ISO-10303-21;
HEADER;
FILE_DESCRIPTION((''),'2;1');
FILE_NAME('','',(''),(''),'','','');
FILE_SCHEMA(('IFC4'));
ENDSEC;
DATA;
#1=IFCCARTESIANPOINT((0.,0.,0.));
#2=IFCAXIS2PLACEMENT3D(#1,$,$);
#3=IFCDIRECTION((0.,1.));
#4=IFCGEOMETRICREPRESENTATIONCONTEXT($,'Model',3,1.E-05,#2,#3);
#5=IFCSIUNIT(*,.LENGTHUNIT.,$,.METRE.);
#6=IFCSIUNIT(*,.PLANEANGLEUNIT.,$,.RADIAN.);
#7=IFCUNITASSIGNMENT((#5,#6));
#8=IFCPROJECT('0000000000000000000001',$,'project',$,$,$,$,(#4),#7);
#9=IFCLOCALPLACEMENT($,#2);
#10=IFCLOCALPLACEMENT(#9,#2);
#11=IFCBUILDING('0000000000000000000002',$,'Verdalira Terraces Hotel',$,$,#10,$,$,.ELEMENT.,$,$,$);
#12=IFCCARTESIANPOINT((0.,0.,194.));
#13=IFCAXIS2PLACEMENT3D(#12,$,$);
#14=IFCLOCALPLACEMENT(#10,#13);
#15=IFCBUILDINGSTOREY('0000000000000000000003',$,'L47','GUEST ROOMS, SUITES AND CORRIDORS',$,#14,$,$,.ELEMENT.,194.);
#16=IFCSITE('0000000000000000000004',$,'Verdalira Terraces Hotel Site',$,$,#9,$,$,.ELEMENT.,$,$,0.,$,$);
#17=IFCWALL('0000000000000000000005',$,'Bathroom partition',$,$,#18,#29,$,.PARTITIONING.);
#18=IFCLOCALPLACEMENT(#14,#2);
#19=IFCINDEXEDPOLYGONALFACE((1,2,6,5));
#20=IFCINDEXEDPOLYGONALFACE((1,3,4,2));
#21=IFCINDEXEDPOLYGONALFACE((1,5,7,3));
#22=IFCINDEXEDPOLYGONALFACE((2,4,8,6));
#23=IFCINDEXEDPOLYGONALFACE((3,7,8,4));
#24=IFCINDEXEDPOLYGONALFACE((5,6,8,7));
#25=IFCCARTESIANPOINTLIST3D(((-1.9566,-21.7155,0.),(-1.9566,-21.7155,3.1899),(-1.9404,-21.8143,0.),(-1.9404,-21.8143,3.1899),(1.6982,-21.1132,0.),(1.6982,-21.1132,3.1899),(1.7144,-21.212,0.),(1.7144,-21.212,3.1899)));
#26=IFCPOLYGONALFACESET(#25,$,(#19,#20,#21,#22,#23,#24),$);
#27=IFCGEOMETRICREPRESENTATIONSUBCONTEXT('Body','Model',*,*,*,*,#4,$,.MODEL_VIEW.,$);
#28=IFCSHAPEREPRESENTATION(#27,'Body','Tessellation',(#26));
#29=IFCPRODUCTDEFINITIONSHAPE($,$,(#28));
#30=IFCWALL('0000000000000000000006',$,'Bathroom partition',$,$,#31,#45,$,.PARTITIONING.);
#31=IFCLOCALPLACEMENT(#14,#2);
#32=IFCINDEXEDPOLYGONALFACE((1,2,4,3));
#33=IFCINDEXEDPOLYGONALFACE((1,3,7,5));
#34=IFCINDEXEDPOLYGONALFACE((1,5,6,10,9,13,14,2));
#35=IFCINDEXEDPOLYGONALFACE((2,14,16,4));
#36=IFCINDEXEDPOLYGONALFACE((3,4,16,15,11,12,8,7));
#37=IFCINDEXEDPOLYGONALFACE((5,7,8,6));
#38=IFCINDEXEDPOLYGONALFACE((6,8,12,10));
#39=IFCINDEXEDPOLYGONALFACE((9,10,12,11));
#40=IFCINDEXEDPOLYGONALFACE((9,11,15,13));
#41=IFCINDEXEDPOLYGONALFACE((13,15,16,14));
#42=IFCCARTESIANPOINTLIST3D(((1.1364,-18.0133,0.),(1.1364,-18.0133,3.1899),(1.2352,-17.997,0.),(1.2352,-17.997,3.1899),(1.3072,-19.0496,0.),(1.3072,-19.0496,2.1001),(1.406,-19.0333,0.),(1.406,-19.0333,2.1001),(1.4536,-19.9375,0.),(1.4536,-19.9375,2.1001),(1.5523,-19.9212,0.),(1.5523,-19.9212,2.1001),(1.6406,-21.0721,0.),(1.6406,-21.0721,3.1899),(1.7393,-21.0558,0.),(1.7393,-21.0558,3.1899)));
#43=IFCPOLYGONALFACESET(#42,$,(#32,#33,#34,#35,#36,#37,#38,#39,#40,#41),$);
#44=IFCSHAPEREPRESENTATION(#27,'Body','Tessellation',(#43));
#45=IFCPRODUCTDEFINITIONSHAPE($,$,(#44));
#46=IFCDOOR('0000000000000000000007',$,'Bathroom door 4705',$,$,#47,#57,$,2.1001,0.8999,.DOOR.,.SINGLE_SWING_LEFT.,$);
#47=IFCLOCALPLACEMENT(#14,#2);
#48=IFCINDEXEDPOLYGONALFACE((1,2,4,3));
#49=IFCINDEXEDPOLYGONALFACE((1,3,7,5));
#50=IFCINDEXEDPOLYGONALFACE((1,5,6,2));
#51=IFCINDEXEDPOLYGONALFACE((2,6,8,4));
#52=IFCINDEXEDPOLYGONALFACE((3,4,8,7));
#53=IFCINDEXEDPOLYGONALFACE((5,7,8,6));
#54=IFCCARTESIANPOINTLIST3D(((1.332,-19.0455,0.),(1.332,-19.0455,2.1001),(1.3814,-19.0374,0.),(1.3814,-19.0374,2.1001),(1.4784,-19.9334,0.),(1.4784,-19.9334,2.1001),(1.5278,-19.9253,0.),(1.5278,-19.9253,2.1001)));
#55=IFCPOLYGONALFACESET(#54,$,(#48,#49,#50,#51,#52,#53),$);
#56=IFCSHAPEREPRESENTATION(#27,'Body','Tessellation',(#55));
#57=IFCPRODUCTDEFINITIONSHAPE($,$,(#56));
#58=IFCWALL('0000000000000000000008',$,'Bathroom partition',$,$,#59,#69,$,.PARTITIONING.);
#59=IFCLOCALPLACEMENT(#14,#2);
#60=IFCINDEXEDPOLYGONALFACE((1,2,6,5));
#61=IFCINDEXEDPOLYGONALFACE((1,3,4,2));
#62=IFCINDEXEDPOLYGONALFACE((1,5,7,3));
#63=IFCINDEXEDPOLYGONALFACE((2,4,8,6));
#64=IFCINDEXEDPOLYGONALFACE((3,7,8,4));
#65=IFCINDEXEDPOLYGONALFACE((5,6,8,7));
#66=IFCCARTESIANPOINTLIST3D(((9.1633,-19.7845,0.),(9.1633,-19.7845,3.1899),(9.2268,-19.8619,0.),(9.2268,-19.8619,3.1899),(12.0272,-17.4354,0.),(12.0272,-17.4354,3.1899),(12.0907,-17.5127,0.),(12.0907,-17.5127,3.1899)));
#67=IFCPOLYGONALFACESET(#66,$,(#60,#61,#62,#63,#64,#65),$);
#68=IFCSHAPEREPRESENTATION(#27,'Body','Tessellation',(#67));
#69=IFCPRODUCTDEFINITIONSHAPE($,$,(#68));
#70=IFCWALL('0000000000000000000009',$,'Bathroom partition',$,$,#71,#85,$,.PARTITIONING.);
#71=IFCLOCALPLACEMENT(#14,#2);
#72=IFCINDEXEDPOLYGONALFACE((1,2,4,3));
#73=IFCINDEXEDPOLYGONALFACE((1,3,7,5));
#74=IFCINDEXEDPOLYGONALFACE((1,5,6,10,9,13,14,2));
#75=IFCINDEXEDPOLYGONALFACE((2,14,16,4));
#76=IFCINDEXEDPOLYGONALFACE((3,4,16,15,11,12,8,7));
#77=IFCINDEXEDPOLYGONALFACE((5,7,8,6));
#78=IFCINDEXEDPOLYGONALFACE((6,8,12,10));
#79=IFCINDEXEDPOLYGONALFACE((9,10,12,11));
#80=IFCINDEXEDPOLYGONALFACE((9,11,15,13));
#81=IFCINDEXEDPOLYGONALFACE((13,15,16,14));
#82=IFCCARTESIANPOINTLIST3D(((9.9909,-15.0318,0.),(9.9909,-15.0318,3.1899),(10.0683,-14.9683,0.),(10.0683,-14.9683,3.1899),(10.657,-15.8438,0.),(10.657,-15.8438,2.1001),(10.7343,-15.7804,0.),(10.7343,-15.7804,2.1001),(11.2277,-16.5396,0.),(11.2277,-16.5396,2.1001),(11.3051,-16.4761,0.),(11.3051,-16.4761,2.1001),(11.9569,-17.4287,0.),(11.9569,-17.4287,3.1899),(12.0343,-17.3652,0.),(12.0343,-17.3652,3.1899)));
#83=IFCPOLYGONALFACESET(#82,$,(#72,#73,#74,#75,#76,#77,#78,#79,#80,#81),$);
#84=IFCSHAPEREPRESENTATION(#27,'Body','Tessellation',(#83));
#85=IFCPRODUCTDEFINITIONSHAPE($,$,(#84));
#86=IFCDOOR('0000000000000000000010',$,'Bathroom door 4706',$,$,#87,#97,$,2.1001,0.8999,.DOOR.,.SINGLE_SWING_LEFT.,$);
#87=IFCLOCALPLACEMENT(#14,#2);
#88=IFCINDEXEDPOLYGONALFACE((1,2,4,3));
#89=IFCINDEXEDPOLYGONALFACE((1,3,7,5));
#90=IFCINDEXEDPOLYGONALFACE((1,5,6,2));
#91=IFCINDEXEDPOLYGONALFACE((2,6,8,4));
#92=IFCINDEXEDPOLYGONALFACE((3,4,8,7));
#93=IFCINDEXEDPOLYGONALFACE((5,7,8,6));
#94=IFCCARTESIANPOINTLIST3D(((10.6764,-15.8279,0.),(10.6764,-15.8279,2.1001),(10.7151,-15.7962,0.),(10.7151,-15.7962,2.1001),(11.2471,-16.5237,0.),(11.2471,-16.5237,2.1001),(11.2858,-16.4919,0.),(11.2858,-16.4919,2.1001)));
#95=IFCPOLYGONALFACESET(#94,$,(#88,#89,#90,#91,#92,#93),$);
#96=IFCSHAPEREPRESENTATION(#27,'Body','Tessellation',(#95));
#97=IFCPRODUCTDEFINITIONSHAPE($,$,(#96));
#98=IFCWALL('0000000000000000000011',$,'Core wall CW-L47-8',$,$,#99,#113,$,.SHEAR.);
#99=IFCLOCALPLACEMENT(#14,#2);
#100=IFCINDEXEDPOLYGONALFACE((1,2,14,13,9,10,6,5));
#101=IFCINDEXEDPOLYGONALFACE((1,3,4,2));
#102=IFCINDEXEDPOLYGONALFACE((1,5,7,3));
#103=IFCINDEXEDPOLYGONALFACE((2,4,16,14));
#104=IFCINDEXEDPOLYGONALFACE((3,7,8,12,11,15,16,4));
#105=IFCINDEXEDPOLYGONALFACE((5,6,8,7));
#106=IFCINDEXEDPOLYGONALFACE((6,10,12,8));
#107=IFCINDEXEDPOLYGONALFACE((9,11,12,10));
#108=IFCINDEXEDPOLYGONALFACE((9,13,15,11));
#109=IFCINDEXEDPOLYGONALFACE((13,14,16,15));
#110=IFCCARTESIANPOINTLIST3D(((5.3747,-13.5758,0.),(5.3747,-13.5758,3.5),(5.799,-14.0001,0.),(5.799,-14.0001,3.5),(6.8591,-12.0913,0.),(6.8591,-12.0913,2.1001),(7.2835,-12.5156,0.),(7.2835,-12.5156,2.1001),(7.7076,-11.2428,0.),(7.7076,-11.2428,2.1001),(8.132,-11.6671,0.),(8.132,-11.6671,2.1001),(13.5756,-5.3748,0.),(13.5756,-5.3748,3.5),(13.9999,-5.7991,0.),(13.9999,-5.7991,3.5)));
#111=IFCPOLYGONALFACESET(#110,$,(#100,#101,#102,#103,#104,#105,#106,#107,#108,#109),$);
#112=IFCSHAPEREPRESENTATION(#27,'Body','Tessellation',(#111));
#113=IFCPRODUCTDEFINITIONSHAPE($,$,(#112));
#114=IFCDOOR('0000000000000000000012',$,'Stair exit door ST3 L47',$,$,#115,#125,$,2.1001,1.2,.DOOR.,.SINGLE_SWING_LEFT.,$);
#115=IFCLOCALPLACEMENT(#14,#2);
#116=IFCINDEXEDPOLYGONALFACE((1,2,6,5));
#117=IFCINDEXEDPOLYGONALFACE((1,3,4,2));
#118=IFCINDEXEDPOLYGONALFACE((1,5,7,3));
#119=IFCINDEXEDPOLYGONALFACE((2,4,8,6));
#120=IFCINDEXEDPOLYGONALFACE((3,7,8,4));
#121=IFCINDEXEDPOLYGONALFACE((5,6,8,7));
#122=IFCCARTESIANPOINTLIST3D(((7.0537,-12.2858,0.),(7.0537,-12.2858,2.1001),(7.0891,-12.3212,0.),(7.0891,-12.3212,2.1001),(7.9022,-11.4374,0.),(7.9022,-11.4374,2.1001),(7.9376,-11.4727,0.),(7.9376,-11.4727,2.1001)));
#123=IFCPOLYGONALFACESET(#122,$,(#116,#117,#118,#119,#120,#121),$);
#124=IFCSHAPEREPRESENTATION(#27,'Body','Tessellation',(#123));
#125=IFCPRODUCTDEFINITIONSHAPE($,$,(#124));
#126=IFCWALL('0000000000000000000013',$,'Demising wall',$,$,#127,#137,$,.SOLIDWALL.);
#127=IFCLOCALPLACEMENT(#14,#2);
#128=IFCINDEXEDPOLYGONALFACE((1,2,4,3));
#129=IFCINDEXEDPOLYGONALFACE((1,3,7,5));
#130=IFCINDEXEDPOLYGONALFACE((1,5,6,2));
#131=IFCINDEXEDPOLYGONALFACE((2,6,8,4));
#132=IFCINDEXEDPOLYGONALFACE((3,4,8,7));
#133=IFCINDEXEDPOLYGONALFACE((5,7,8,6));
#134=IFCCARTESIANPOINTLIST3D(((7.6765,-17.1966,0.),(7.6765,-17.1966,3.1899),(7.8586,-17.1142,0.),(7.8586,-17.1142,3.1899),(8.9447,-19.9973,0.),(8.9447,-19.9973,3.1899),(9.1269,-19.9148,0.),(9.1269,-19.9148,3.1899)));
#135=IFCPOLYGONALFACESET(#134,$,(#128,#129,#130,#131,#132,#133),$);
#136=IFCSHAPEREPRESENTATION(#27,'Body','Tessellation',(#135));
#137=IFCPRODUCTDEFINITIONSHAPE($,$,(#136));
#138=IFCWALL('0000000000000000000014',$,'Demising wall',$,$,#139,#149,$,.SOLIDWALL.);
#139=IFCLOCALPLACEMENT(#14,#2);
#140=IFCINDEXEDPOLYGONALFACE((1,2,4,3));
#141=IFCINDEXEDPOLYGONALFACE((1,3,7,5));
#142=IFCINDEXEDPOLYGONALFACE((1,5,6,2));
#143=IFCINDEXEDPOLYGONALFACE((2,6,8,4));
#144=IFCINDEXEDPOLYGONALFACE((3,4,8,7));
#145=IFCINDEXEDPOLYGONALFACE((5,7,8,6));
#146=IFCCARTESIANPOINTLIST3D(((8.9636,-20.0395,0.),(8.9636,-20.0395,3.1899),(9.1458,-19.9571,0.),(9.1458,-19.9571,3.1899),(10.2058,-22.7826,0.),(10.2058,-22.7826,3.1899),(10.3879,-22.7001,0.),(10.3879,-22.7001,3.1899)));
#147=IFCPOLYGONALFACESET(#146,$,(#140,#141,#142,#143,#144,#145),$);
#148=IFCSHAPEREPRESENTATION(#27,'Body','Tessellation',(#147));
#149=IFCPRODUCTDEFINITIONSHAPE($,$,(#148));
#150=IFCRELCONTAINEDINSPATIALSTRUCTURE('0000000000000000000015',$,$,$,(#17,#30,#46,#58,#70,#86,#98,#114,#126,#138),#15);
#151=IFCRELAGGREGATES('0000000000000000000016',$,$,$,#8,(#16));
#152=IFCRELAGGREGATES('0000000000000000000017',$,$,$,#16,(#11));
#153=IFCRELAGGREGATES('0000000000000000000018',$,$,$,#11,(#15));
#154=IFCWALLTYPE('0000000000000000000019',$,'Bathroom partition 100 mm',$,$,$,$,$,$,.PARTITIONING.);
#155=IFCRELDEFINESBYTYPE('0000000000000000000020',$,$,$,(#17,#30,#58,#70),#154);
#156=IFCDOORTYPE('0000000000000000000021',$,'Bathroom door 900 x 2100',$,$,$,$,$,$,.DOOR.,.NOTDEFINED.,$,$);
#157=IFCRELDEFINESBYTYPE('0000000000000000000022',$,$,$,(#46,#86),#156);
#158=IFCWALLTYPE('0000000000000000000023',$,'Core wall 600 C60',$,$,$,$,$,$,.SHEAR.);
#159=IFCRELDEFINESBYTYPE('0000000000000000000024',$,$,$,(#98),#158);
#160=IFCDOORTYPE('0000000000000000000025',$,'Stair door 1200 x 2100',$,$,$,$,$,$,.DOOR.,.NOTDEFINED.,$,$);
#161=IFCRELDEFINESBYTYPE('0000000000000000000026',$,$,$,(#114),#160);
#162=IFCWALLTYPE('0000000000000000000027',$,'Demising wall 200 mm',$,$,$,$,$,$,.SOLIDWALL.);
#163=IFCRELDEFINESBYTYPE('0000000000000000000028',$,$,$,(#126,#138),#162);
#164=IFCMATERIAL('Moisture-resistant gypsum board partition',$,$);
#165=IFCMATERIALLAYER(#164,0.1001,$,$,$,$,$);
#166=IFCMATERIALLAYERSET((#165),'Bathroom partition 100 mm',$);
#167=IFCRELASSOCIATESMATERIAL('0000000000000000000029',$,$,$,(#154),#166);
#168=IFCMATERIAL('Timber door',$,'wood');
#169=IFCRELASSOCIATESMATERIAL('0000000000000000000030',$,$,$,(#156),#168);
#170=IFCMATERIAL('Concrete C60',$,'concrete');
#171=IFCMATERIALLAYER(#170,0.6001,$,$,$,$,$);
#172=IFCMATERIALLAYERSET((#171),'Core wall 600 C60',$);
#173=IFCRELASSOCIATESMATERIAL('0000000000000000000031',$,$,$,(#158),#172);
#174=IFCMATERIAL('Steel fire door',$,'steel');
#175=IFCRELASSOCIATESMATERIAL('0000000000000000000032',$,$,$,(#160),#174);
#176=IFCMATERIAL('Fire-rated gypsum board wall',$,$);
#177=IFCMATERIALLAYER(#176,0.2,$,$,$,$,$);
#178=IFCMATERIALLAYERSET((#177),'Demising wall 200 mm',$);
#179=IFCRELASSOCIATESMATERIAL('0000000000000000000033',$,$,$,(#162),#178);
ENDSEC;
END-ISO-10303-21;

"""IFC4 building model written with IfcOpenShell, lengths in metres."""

from ifc_helpers import new_model, si_unit, direction, frame, frame_2d, origin, place, context, subcontext, project, spatial, rectangle, extrude, material, layer, layer_set, type_object, element, fill, save


model = new_model("IFC4")

# Units and contexts
model_context = context("Model", 3, precision=1e-05, world=origin(), true_north=direction((0.0, 1.0)))
body_context = subcontext(model_context, "Body", "Model", "MODEL_VIEW")
ifc_project = project(units=[si_unit("LENGTHUNIT", "METRE"), si_unit("PLANEANGLEUNIT", "RADIAN")], contexts=[model_context])

# Site, building, storey
site_placement = place(None, origin())
site = spatial("IfcSite", under=ifc_project, at=site_placement, Name="Verdalira Terraces Hotel Site", CompositionType="ELEMENT", RefElevation=0.0)
building_placement = place(site_placement, origin())
building = spatial("IfcBuilding", under=site, at=building_placement, Name="Verdalira Terraces Hotel", CompositionType="ELEMENT")
storey_placement = place(building_placement, frame((0.0, 0.0, 194.0)))
storey = spatial("IfcBuildingStorey", under=building, at=storey_placement, Name="L47", Description="GUEST ROOMS, SUITES AND CORRIDORS", CompositionType="ELEMENT", Elevation=194.0)

# Wall
ifc_material_1 = material(Name="Moisture-resistant gypsum board partition")
ifc_layer_1 = layer(ifc_material_1, 0.1001)
ifc_layer_set_1 = layer_set([ifc_layer_1], Name="Bathroom partition 100 mm")
wall_type_1 = type_object("IfcWallType", Name="Bathroom partition 100 mm", PredefinedType="PARTITIONING", material=ifc_layer_set_1)
wall_1_placement = place(storey_placement, frame((1.7063, -21.1626, 0.0), z_axis=(0.0, 0.0, 1.0), x_axis=(-0.986692, -0.162603, 0.0)))
element("IfcWall", 1, at=wall_1_placement, inside=storey, type_object=wall_type_1, Name="Bathroom partition", PredefinedType="PARTITIONING", context=body_context, shape_type="SweptSolid", body=[
    extrude(rectangle(XDim=3.7041, YDim=0.1001, at=frame_2d((1.8521, 0.0))), origin(), (0.0, 0.0, 1.0), 3.1899),
])

# Wall, opening, door
wall_2_placement = place(storey_placement, frame((1.6899, -21.064, 0.0), z_axis=(0.0, 0.0, 1.0), x_axis=(-0.162624, 0.986688, 0.0)))
wall_2 = element("IfcWall", 2, at=wall_2_placement, inside=storey, type_object=wall_type_1, Name="Bathroom partition", PredefinedType="PARTITIONING", context=body_context, shape_type="SweptSolid", body=[
    extrude(rectangle(XDim=3.1001, YDim=0.1001, at=frame_2d((1.55, 0.0))), origin(), (0.0, 0.0, 1.0), 3.1899),
])
opening_1_placement = place(wall_2_placement, frame((1.1499, 0.0, 0.0)))
opening_1 = element("IfcOpeningElement", 3, at=opening_1_placement, cuts=wall_2, PredefinedType="OPENING", context=body_context, shape_type="SweptSolid", body=[
    extrude(rectangle(XDim=0.8999, YDim=2.1001, at=frame_2d((0.45, 1.05))), frame((0.0, 0.0601, 0.0), z_axis=(0.0, -1.0, 0.0), x_axis=(1.0, 0.0, 0.0)), (0.0, 0.0, 1.0), 0.1201),
])
ifc_material_2 = material(Name="Timber door", Category="wood")
door_type_1 = type_object("IfcDoorType", Name="Bathroom door 900 x 2100", OperationType="NOTDEFINED", PredefinedType="DOOR", material=ifc_material_2)
door_1_placement = place(opening_1_placement, origin())
door_1 = element("IfcDoor", 4, at=door_1_placement, inside=storey, type_object=door_type_1, Name="Bathroom door 4705", OperationType="SINGLE_SWING_LEFT", OverallHeight=2.1001, OverallWidth=0.8999, PredefinedType="DOOR", context=body_context, shape_type="SweptSolid", body=[
    extrude(rectangle(XDim=0.8999, YDim=2.1001, at=frame_2d((0.45, 1.05))), frame((0.0, 0.0249, 0.0), z_axis=(0.0, -1.0, 0.0), x_axis=(1.0, 0.0, 0.0)), (0.0, 0.0, 1.0), 0.05),
])
fill(opening_1, door_1)

# Wall
wall_3_placement = place(storey_placement, frame((9.1951, -19.8232, 0.0), z_axis=(0.0, 0.0, 1.0), x_axis=(0.773158, 0.634214, 0.0)))
element("IfcWall", 5, at=wall_3_placement, inside=storey, type_object=wall_type_1, Name="Bathroom partition", PredefinedType="PARTITIONING", context=body_context, shape_type="SweptSolid", body=[
    extrude(rectangle(XDim=3.7041, YDim=0.1001, at=frame_2d((1.8521, 0.0))), origin(), (0.0, 0.0, 1.0), 3.1899),
])

# Walls, openings, doors
wall_4_placement = place(storey_placement, frame((11.9956, -17.397, 0.0), z_axis=(0.0, 0.0, 1.0), x_axis=(-0.634185, 0.773181, 0.0)))
wall_4 = element("IfcWall", 6, at=wall_4_placement, inside=storey, type_object=wall_type_1, Name="Bathroom partition", PredefinedType="PARTITIONING", context=body_context, shape_type="SweptSolid", body=[
    extrude(rectangle(XDim=3.1001, YDim=0.1001, at=frame_2d((1.55, 0.0))), origin(), (0.0, 0.0, 1.0), 3.1899),
])
opening_2_placement = place(wall_4_placement, frame((1.1499, 0.0, 0.0)))
opening_2 = element("IfcOpeningElement", 7, at=opening_2_placement, cuts=wall_4, PredefinedType="OPENING", context=body_context, shape_type="SweptSolid", body=[
    extrude(rectangle(XDim=0.8999, YDim=2.1001, at=frame_2d((0.45, 1.05))), frame((0.0, 0.0601, 0.0), z_axis=(0.0, -1.0, 0.0), x_axis=(1.0, 0.0, 0.0)), (0.0, 0.0, 1.0), 0.1201),
])
door_2_placement = place(opening_2_placement, origin())
door_2 = element("IfcDoor", 8, at=door_2_placement, inside=storey, type_object=door_type_1, Name="Bathroom door 4706", OperationType="SINGLE_SWING_LEFT", OverallHeight=2.1001, OverallWidth=0.8999, PredefinedType="DOOR", context=body_context, shape_type="SweptSolid", body=[
    extrude(rectangle(XDim=0.8999, YDim=2.1001, at=frame_2d((0.45, 1.05))), frame((0.0, 0.0249, 0.0), z_axis=(0.0, -1.0, 0.0), x_axis=(1.0, 0.0, 0.0)), (0.0, 0.0, 1.0), 0.05),
])
fill(opening_2, door_2)
ifc_material_3 = material(Name="Concrete C60", Category="concrete")
ifc_layer_2 = layer(ifc_material_3, 0.6001)
ifc_layer_set_2 = layer_set([ifc_layer_2], Name="Core wall 600 C60")
wall_type_2 = type_object("IfcWallType", Name="Core wall 600 C60", PredefinedType="SHEAR", material=ifc_layer_set_2)
wall_5_placement = place(storey_placement, frame((5.5869, -13.7878, 0.0), z_axis=(0.0, 0.0, 1.0), x_axis=(0.707107, 0.707107, 0.0)))
wall_5 = element("IfcWall", 9, at=wall_5_placement, inside=storey, type_object=wall_type_2, Name="Core wall CW-L47-8", PredefinedType="SHEAR", context=body_context, shape_type="SweptSolid", body=[
    extrude(rectangle(XDim=11.5979, YDim=0.6001, at=frame_2d((5.7988, 0.0))), origin(), (0.0, 0.0, 1.0), 3.5),
])
opening_3_placement = place(wall_5_placement, frame((2.0991, 0.0, 0.0)))
opening_3 = element("IfcOpeningElement", 10, at=opening_3_placement, cuts=wall_5, PredefinedType="OPENING", context=body_context, shape_type="SweptSolid", body=[
    extrude(rectangle(XDim=1.2, YDim=2.1001, at=frame_2d((0.6001, 1.05))), frame((0.0, 0.3101, 0.0), z_axis=(0.0, -1.0, 0.0), x_axis=(1.0, 0.0, 0.0)), (0.0, 0.0, 1.0), 0.6201),
])
ifc_material_4 = material(Name="Steel fire door", Category="steel")
door_type_2 = type_object("IfcDoorType", Name="Stair door 1200 x 2100", OperationType="NOTDEFINED", PredefinedType="DOOR", material=ifc_material_4)
door_3_placement = place(opening_3_placement, origin())
door_3 = element("IfcDoor", 11, at=door_3_placement, inside=storey, type_object=door_type_2, Name="Stair exit door ST3 L47", OperationType="SINGLE_SWING_LEFT", OverallHeight=2.1001, OverallWidth=1.2, PredefinedType="DOOR", context=body_context, shape_type="SweptSolid", body=[
    extrude(rectangle(XDim=1.2, YDim=2.1001, at=frame_2d((0.6001, 1.05))), frame((0.0, 0.0249, 0.0), z_axis=(0.0, -1.0, 0.0), x_axis=(1.0, 0.0, 0.0)), (0.0, 0.0, 1.0), 0.05),
])
fill(opening_3, door_3)

# Walls
ifc_material_5 = material(Name="Fire-rated gypsum board wall")
ifc_layer_3 = layer(ifc_material_5, 0.2)
ifc_layer_set_3 = layer_set([ifc_layer_3], Name="Demising wall 200 mm")
wall_type_3 = type_object("IfcWallType", Name="Demising wall 200 mm", PredefinedType="SOLIDWALL", material=ifc_layer_set_3)
wall_6_placement = place(storey_placement, frame((7.7676, -17.1555, 0.0), z_axis=(0.0, 0.0, 1.0), x_axis=(0.412516, -0.91095, 0.0)))
element("IfcWall", 12, at=wall_6_placement, inside=storey, type_object=wall_type_3, Name="Demising wall", PredefinedType="SOLIDWALL", context=body_context, shape_type="SweptSolid", body=[
    extrude(rectangle(XDim=3.0745, YDim=0.2, at=frame_2d((1.5371, 0.0))), origin(), (0.0, 0.0, 1.0), 3.1899),
])
wall_7_placement = place(storey_placement, frame((9.0547, -19.9983, 0.0), z_axis=(0.0, 0.0, 1.0), x_axis=(0.412508, -0.910954, 0.0)))
element("IfcWall", 13, at=wall_7_placement, inside=storey, type_object=wall_type_3, Name="Demising wall", PredefinedType="SOLIDWALL", context=body_context, shape_type="SweptSolid", body=[
    extrude(rectangle(XDim=3.0112, YDim=0.2, at=frame_2d((1.5056, 0.0))), origin(), (0.0, 0.0, 1.0), 3.1899),
])

save(model, "model.ifc")
